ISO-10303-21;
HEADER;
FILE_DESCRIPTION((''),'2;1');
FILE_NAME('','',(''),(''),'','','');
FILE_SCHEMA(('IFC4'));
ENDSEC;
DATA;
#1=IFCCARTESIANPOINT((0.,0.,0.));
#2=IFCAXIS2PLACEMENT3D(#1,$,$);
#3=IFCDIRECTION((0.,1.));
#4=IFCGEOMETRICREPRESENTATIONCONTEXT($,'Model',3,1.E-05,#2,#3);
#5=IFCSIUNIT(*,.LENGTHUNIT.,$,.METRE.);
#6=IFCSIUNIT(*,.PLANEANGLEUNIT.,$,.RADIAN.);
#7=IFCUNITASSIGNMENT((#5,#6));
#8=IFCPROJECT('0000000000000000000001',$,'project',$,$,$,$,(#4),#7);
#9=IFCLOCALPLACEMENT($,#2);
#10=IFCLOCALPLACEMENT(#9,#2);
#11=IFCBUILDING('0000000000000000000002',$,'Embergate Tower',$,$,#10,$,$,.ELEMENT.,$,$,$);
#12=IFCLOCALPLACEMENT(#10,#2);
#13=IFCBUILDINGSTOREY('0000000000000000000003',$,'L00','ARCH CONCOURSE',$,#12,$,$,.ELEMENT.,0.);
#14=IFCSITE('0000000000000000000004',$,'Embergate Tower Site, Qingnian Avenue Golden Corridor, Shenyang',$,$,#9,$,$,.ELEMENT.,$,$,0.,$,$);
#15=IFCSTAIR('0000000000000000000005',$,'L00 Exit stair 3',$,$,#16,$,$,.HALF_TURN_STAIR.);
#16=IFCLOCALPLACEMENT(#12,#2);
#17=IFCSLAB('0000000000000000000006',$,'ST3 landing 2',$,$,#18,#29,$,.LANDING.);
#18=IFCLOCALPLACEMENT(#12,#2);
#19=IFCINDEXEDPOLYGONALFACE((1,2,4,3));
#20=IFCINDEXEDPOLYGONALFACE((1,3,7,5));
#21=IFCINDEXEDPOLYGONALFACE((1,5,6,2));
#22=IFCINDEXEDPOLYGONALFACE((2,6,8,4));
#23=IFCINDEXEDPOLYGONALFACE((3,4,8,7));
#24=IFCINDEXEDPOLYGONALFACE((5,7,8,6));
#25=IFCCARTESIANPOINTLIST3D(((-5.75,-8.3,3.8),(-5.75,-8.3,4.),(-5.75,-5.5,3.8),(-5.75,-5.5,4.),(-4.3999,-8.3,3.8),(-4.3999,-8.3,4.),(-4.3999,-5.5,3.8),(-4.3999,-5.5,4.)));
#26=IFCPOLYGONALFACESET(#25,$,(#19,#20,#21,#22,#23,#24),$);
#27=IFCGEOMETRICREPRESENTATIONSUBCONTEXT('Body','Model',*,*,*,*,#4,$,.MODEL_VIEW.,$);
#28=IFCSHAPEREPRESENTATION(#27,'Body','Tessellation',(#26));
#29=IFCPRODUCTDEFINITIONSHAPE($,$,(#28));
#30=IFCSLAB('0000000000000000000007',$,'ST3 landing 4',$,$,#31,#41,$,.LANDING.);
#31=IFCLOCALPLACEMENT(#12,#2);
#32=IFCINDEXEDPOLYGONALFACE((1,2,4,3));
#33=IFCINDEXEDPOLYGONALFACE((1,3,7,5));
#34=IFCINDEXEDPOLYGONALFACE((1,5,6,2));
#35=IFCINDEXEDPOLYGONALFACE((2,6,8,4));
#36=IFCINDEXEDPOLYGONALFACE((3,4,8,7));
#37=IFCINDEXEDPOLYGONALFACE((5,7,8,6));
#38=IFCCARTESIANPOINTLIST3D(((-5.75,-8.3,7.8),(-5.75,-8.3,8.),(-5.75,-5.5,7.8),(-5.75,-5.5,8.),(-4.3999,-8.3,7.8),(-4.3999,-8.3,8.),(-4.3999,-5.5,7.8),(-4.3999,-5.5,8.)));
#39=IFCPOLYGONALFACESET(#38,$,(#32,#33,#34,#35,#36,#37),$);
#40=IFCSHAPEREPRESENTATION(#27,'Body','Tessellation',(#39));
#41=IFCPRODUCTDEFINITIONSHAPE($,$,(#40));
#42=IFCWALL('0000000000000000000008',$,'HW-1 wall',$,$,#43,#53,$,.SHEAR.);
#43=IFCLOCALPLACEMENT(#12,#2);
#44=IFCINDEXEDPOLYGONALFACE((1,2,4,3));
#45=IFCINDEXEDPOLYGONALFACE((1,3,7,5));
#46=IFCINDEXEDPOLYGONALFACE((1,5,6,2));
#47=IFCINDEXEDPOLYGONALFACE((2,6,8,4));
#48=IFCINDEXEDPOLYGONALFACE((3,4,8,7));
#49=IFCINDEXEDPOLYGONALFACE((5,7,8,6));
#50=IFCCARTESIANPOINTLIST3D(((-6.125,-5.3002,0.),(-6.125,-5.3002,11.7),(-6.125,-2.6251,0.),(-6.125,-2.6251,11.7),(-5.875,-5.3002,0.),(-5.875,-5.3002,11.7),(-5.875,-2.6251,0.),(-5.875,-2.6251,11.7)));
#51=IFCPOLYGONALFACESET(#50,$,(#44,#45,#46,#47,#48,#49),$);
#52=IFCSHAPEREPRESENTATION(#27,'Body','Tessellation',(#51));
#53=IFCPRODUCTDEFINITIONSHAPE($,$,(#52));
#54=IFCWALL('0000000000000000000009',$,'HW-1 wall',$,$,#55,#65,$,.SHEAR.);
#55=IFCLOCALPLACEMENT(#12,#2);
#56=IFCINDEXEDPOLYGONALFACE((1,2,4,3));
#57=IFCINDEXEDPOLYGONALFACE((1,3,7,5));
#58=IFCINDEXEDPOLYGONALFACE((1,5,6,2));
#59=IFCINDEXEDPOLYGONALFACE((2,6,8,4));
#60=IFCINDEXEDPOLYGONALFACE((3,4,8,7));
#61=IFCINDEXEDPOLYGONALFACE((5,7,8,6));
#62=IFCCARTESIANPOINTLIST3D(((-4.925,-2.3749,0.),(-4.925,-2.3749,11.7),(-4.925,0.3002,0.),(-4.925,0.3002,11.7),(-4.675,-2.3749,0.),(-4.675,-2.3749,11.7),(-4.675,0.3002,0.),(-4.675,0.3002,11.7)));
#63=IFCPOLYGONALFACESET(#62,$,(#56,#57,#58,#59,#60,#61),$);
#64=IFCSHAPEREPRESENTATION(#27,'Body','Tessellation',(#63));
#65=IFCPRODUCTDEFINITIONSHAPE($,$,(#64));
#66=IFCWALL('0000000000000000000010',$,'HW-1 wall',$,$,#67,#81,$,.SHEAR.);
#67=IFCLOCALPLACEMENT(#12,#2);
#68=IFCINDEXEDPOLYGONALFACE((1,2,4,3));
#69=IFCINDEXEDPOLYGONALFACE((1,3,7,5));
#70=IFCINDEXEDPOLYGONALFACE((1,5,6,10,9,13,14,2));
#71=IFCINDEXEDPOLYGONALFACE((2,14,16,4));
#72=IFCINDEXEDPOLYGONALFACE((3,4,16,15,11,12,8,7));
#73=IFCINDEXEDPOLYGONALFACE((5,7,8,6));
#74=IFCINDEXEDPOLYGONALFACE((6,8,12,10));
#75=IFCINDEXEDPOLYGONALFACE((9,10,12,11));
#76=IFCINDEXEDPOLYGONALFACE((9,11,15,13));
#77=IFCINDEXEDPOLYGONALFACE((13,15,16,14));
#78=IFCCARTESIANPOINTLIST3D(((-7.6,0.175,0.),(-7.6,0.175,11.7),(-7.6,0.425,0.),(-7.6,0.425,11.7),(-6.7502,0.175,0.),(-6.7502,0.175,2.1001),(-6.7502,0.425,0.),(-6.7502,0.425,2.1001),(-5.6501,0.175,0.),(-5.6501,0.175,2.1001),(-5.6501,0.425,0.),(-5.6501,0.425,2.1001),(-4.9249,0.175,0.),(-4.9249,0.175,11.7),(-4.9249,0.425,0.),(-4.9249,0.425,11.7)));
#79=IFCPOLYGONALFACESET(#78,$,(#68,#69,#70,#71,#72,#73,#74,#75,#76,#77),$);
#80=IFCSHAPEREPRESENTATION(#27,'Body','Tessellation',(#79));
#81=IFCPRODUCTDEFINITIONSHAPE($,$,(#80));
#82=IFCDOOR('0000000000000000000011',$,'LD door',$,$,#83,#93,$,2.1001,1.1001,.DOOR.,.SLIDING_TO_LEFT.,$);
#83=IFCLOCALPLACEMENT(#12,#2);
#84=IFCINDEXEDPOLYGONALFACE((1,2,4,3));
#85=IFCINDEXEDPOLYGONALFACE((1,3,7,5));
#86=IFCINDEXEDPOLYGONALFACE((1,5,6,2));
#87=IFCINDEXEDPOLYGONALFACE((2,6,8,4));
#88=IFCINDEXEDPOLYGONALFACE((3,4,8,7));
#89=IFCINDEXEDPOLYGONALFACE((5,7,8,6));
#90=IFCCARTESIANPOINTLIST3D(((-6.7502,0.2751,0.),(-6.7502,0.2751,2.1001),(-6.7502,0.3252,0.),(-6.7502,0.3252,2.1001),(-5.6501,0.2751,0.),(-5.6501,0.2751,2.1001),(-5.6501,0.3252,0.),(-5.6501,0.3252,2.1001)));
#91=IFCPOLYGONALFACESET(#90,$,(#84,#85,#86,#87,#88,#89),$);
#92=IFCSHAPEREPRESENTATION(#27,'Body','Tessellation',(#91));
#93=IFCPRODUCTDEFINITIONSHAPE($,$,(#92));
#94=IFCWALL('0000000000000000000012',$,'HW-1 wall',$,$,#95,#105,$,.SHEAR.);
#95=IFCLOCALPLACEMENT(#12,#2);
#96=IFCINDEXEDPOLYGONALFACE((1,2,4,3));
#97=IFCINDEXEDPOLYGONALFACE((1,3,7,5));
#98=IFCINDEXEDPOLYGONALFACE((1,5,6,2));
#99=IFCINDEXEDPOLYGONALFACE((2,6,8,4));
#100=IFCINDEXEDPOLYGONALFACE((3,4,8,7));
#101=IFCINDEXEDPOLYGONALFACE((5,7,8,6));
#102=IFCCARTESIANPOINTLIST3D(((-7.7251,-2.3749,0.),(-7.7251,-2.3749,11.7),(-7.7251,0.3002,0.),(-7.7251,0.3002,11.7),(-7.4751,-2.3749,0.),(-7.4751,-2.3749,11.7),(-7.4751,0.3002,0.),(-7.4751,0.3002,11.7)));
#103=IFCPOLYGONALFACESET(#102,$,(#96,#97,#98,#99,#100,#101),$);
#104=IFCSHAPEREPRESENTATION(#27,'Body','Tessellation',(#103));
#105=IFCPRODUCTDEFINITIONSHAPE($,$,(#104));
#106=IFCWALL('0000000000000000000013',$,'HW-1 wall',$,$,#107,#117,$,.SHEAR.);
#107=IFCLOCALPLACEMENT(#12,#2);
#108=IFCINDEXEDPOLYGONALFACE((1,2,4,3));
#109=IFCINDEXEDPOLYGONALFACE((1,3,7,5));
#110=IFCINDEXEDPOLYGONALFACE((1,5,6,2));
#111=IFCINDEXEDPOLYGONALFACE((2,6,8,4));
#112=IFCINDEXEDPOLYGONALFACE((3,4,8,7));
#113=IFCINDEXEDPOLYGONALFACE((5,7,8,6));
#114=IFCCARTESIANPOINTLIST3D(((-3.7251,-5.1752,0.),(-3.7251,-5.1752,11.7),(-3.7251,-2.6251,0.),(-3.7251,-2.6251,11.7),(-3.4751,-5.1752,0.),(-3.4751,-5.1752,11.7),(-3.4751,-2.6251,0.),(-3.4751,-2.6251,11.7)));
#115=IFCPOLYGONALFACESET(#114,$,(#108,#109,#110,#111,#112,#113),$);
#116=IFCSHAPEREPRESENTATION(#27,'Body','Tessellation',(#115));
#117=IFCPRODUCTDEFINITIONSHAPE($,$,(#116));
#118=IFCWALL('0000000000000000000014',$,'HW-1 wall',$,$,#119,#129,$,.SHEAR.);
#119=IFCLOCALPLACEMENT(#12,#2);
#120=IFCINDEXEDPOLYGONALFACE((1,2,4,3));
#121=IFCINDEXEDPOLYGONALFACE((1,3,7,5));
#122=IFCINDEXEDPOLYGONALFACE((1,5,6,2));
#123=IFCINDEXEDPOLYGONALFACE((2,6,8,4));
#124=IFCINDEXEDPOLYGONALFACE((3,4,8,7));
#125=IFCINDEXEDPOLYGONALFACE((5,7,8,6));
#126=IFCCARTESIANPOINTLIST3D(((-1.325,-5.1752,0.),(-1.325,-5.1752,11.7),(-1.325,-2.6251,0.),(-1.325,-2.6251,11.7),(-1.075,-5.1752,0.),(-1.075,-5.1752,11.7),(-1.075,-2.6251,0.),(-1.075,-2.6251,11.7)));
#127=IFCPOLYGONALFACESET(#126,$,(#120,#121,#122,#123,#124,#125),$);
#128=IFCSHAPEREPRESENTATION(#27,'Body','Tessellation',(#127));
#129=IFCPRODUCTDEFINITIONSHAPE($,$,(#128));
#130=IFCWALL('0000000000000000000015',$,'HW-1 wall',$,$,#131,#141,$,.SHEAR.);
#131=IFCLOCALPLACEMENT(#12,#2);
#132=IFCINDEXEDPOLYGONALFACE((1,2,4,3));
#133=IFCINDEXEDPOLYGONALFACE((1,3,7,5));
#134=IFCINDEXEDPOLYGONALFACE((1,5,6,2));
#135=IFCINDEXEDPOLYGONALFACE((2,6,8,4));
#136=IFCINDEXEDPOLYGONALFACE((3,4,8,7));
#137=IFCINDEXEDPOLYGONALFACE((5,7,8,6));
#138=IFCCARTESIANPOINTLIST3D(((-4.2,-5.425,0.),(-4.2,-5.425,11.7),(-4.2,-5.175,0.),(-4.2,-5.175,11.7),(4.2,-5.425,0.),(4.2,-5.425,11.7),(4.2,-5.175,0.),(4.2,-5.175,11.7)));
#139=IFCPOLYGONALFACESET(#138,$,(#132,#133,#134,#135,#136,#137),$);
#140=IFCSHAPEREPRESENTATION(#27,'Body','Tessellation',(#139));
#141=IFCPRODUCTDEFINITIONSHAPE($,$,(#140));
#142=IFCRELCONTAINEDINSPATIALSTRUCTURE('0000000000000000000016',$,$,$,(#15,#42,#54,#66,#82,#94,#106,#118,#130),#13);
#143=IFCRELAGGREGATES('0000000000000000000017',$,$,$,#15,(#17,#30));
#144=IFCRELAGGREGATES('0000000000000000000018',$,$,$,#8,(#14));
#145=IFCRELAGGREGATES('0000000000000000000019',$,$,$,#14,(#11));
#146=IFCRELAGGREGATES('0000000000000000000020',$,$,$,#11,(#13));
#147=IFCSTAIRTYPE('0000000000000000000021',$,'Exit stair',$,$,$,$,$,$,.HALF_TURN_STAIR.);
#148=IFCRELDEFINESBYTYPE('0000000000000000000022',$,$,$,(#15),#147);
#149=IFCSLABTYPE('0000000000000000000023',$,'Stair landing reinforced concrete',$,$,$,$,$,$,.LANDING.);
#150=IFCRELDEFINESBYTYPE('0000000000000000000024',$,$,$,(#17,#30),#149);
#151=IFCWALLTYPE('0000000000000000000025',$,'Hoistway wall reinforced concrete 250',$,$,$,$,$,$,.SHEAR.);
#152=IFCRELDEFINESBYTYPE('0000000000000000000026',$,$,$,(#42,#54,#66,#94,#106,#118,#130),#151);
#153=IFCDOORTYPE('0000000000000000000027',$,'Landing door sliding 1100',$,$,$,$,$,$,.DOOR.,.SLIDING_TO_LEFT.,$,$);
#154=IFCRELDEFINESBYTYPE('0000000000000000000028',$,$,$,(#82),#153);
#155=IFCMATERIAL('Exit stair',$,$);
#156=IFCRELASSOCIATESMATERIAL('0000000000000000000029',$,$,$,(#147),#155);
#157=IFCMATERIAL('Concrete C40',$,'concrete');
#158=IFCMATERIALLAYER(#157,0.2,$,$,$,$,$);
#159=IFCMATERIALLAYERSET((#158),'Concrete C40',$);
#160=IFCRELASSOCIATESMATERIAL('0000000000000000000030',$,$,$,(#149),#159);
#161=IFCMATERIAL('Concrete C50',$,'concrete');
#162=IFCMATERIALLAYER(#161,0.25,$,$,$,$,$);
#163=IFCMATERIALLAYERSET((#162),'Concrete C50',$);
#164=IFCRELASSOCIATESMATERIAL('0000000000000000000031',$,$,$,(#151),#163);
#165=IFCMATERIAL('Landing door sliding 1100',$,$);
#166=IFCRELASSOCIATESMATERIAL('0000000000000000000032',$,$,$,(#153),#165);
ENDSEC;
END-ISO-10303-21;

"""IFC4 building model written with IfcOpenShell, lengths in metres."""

from ifc_helpers import new_model, si_unit, direction, frame, frame_2d, origin, place, context, subcontext, project, spatial, polyline, rectangle, outline, extrude, source, transform, mapped, material, layer, layer_set, type_object, element, fill, aggregate, save


model = new_model("IFC4")

# Units and contexts
model_context = context("Model", 3, precision=1e-05, world=origin(), true_north=direction((0.0, 1.0)))
body_context = subcontext(model_context, "Body", "Model", "MODEL_VIEW")
ifc_project = project(units=[si_unit("LENGTHUNIT", "METRE"), si_unit("PLANEANGLEUNIT", "RADIAN")], contexts=[model_context])

# Site, building, storey
site_placement = place(None, origin())
site = spatial("IfcSite", under=ifc_project, at=site_placement, Name="Embergate Tower Site, Qingnian Avenue Golden Corridor, Shenyang", CompositionType="ELEMENT", RefElevation=0.0)
building_placement = place(site_placement, origin())
building = spatial("IfcBuilding", under=site, at=building_placement, Name="Embergate Tower", CompositionType="ELEMENT")
storey_placement = place(building_placement, origin())
storey = spatial("IfcBuildingStorey", under=building, at=storey_placement, Name="L00", Description="ARCH CONCOURSE", CompositionType="ELEMENT", Elevation=0.0)

# Stair, slabs
ifc_material_1 = material(Name="Exit stair")
stair_type = type_object("IfcStairType", Name="Exit stair", PredefinedType="HALF_TURN_STAIR", material=ifc_material_1)
stair_placement = place(storey_placement, origin())
stair = element("IfcStair", 1, at=stair_placement, inside=storey, type_object=stair_type, Name="L00 Exit stair 3", PredefinedType="HALF_TURN_STAIR")
ifc_material_2 = material(Name="Concrete C40", Category="concrete")
ifc_layer_1 = layer(ifc_material_2, 0.2)
ifc_layer_set_1 = layer_set([ifc_layer_1], Name="Concrete C40")
slab_type = type_object("IfcSlabType", Name="Stair landing reinforced concrete", PredefinedType="LANDING", material=ifc_layer_set_1)
shared_shape_1 = source(origin(), body_context, "Body", "SweptSolid", [
    extrude(outline(polyline([(0.0, 0.0), (1.3501, 0.0), (1.3501, 2.8), (0.0, 2.8), (0.0, 0.0)])), origin(), (0.0, 0.0, 1.0), 0.2),
])
slab_1_placement = place(storey_placement, frame((-5.75, -8.3, 3.8)))
slab_1 = element("IfcSlab", 2, at=slab_1_placement, type_object=slab_type, Name="ST3 landing 2", PredefinedType="LANDING", context=body_context, shape_type="MappedRepresentation", body=[
    mapped(shared_shape_1, transform((0.0, 0.0, 0.0))),
])
slab_2_placement = place(storey_placement, frame((-5.75, -8.3, 7.8)))
slab_2 = element("IfcSlab", 3, at=slab_2_placement, type_object=slab_type, Name="ST3 landing 4", PredefinedType="LANDING", context=body_context, shape_type="MappedRepresentation", body=[
    mapped(shared_shape_1, transform((0.0, 0.0, 0.0))),
])

# Walls
ifc_material_3 = material(Name="Concrete C50", Category="concrete")
ifc_layer_2 = layer(ifc_material_3, 0.25)
ifc_layer_set_2 = layer_set([ifc_layer_2], Name="Concrete C50")
wall_type_1 = type_object("IfcWallType", Name="Hoistway wall reinforced concrete 250", PredefinedType="SHEAR", material=ifc_layer_set_2)
shared_shape_2 = source(origin(), body_context, "Body", "SweptSolid", [
    extrude(rectangle(XDim=2.675, YDim=0.25, at=frame_2d((1.3374, 0.0))), origin(), (0.0, 0.0, 1.0), 11.7),
])
for number, where, z_axis, x_axis, name in (
    (4, (-6.0, -5.3, 0.0), (0.0, 0.0, 1.0), (0.0, 1.0, 0.0), "HW-1 wall"),
    (5, (-4.8, 0.3, 0.0), (0.0, 0.0, 1.0), (0.0, -1.0, 0.0), "HW-1 wall"),
):
    element("IfcWall", number, at=place(storey_placement, frame(where, z_axis=z_axis, x_axis=x_axis)), inside=storey, type_object=wall_type_1, Name=name, PredefinedType="SHEAR", context=body_context, shape_type="MappedRepresentation", body=[
        mapped(shared_shape_2, transform((0.0, 0.0, 0.0))),
    ])

# Wall, opening, door
wall_1_placement = place(storey_placement, frame((-4.925, 0.3, 0.0), z_axis=(0.0, 0.0, 1.0), x_axis=(-1.0, 0.0, 0.0)))
wall_1 = element("IfcWall", 6, at=wall_1_placement, inside=storey, type_object=wall_type_1, Name="HW-1 wall", PredefinedType="SHEAR", context=body_context, shape_type="MappedRepresentation", body=[
    mapped(shared_shape_2, transform((0.0, 0.0, 0.0))),
])
shared_shape_3 = source(origin(), body_context, "Body", "SweptSolid", [
    extrude(rectangle(XDim=1.1001, YDim=2.1001, at=frame_2d((0.55, 1.05))), frame((0.0, 0.135, 0.0), z_axis=(0.0, -1.0, 0.0), x_axis=(1.0, 0.0, 0.0)), (0.0, 0.0, 1.0), 0.27),
])
opening_1_placement = place(wall_1_placement, frame((0.7251, 0.0, 0.0)))
opening_1 = element("IfcOpeningElement", 7, at=opening_1_placement, cuts=wall_1, PredefinedType="OPENING", context=body_context, shape_type="MappedRepresentation", body=[
    mapped(shared_shape_3, transform((0.0, 0.0, 0.0))),
])
ifc_material_4 = material(Name="Landing door sliding 1100")
door_type_1 = type_object("IfcDoorType", Name="Landing door sliding 1100", OperationType="SLIDING_TO_LEFT", PredefinedType="DOOR", material=ifc_material_4)
shared_shape_4 = source(origin(), body_context, "Body", "SweptSolid", [
    extrude(rectangle(XDim=1.1001, YDim=2.1001, at=frame_2d((0.55, 1.05))), frame((0.0, 0.0249, 0.0), z_axis=(0.0, -1.0, 0.0), x_axis=(1.0, 0.0, 0.0)), (0.0, 0.0, 1.0), 0.05),
])
door_1_placement = place(opening_1_placement, origin())
door_1 = element("IfcDoor", 8, at=door_1_placement, inside=storey, type_object=door_type_1, Name="LD door", OperationType="SLIDING_TO_LEFT", OverallHeight=2.1001, OverallWidth=1.1001, PredefinedType="DOOR", context=body_context, shape_type="MappedRepresentation", body=[
    mapped(shared_shape_4, transform((0.0, 0.0, 0.0))),
])
fill(opening_1, door_1)

# Walls
wall_2_placement = place(storey_placement, frame((-7.6001, 0.3, 0.0), z_axis=(0.0, 0.0, 1.0), x_axis=(0.0, -1.0, 0.0)))
element("IfcWall", 9, at=wall_2_placement, inside=storey, type_object=wall_type_1, Name="HW-1 wall", PredefinedType="SHEAR", context=body_context, shape_type="MappedRepresentation", body=[
    mapped(shared_shape_2, transform((0.0, 0.0, 0.0))),
])
shared_shape_5 = source(origin(), body_context, "Body", "SweptSolid", [
    extrude(rectangle(XDim=2.55, YDim=0.25, at=frame_2d((1.2749, 0.0))), origin(), (0.0, 0.0, 1.0), 11.7),
])
for number, where, z_axis, x_axis, name in (
    (10, (-3.6001, -5.175, 0.0), (0.0, 0.0, 1.0), (0.0, 1.0, 0.0), "HW-1 wall"),
    (11, (-1.2, -5.175, 0.0), (0.0, 0.0, 1.0), (0.0, 1.0, 0.0), "HW-1 wall"),
):
    element("IfcWall", number, at=place(storey_placement, frame(where, z_axis=z_axis, x_axis=x_axis)), inside=storey, type_object=wall_type_1, Name=name, PredefinedType="SHEAR", context=body_context, shape_type="MappedRepresentation", body=[
        mapped(shared_shape_5, transform((0.0, 0.0, 0.0))),
    ])
shared_shape_6 = source(origin(), body_context, "Body", "SweptSolid", [
    extrude(rectangle(XDim=8.3999, YDim=0.25, at=frame_2d((4.2, 0.0))), origin(), (0.0, 0.0, 1.0), 11.7),
])
wall_3_placement = place(storey_placement, frame((-4.2, -5.3, 0.0), z_axis=(0.0, 0.0, 1.0), x_axis=(1.0, 0.0, 0.0)))
element("IfcWall", 12, at=wall_3_placement, inside=storey, type_object=wall_type_1, Name="HW-1 wall", PredefinedType="SHEAR", context=body_context, shape_type="MappedRepresentation", body=[
    mapped(shared_shape_6, transform((0.0, 0.0, 0.0))),
])

aggregate(stair, [slab_1, slab_2])

save(model, "model.ifc")
